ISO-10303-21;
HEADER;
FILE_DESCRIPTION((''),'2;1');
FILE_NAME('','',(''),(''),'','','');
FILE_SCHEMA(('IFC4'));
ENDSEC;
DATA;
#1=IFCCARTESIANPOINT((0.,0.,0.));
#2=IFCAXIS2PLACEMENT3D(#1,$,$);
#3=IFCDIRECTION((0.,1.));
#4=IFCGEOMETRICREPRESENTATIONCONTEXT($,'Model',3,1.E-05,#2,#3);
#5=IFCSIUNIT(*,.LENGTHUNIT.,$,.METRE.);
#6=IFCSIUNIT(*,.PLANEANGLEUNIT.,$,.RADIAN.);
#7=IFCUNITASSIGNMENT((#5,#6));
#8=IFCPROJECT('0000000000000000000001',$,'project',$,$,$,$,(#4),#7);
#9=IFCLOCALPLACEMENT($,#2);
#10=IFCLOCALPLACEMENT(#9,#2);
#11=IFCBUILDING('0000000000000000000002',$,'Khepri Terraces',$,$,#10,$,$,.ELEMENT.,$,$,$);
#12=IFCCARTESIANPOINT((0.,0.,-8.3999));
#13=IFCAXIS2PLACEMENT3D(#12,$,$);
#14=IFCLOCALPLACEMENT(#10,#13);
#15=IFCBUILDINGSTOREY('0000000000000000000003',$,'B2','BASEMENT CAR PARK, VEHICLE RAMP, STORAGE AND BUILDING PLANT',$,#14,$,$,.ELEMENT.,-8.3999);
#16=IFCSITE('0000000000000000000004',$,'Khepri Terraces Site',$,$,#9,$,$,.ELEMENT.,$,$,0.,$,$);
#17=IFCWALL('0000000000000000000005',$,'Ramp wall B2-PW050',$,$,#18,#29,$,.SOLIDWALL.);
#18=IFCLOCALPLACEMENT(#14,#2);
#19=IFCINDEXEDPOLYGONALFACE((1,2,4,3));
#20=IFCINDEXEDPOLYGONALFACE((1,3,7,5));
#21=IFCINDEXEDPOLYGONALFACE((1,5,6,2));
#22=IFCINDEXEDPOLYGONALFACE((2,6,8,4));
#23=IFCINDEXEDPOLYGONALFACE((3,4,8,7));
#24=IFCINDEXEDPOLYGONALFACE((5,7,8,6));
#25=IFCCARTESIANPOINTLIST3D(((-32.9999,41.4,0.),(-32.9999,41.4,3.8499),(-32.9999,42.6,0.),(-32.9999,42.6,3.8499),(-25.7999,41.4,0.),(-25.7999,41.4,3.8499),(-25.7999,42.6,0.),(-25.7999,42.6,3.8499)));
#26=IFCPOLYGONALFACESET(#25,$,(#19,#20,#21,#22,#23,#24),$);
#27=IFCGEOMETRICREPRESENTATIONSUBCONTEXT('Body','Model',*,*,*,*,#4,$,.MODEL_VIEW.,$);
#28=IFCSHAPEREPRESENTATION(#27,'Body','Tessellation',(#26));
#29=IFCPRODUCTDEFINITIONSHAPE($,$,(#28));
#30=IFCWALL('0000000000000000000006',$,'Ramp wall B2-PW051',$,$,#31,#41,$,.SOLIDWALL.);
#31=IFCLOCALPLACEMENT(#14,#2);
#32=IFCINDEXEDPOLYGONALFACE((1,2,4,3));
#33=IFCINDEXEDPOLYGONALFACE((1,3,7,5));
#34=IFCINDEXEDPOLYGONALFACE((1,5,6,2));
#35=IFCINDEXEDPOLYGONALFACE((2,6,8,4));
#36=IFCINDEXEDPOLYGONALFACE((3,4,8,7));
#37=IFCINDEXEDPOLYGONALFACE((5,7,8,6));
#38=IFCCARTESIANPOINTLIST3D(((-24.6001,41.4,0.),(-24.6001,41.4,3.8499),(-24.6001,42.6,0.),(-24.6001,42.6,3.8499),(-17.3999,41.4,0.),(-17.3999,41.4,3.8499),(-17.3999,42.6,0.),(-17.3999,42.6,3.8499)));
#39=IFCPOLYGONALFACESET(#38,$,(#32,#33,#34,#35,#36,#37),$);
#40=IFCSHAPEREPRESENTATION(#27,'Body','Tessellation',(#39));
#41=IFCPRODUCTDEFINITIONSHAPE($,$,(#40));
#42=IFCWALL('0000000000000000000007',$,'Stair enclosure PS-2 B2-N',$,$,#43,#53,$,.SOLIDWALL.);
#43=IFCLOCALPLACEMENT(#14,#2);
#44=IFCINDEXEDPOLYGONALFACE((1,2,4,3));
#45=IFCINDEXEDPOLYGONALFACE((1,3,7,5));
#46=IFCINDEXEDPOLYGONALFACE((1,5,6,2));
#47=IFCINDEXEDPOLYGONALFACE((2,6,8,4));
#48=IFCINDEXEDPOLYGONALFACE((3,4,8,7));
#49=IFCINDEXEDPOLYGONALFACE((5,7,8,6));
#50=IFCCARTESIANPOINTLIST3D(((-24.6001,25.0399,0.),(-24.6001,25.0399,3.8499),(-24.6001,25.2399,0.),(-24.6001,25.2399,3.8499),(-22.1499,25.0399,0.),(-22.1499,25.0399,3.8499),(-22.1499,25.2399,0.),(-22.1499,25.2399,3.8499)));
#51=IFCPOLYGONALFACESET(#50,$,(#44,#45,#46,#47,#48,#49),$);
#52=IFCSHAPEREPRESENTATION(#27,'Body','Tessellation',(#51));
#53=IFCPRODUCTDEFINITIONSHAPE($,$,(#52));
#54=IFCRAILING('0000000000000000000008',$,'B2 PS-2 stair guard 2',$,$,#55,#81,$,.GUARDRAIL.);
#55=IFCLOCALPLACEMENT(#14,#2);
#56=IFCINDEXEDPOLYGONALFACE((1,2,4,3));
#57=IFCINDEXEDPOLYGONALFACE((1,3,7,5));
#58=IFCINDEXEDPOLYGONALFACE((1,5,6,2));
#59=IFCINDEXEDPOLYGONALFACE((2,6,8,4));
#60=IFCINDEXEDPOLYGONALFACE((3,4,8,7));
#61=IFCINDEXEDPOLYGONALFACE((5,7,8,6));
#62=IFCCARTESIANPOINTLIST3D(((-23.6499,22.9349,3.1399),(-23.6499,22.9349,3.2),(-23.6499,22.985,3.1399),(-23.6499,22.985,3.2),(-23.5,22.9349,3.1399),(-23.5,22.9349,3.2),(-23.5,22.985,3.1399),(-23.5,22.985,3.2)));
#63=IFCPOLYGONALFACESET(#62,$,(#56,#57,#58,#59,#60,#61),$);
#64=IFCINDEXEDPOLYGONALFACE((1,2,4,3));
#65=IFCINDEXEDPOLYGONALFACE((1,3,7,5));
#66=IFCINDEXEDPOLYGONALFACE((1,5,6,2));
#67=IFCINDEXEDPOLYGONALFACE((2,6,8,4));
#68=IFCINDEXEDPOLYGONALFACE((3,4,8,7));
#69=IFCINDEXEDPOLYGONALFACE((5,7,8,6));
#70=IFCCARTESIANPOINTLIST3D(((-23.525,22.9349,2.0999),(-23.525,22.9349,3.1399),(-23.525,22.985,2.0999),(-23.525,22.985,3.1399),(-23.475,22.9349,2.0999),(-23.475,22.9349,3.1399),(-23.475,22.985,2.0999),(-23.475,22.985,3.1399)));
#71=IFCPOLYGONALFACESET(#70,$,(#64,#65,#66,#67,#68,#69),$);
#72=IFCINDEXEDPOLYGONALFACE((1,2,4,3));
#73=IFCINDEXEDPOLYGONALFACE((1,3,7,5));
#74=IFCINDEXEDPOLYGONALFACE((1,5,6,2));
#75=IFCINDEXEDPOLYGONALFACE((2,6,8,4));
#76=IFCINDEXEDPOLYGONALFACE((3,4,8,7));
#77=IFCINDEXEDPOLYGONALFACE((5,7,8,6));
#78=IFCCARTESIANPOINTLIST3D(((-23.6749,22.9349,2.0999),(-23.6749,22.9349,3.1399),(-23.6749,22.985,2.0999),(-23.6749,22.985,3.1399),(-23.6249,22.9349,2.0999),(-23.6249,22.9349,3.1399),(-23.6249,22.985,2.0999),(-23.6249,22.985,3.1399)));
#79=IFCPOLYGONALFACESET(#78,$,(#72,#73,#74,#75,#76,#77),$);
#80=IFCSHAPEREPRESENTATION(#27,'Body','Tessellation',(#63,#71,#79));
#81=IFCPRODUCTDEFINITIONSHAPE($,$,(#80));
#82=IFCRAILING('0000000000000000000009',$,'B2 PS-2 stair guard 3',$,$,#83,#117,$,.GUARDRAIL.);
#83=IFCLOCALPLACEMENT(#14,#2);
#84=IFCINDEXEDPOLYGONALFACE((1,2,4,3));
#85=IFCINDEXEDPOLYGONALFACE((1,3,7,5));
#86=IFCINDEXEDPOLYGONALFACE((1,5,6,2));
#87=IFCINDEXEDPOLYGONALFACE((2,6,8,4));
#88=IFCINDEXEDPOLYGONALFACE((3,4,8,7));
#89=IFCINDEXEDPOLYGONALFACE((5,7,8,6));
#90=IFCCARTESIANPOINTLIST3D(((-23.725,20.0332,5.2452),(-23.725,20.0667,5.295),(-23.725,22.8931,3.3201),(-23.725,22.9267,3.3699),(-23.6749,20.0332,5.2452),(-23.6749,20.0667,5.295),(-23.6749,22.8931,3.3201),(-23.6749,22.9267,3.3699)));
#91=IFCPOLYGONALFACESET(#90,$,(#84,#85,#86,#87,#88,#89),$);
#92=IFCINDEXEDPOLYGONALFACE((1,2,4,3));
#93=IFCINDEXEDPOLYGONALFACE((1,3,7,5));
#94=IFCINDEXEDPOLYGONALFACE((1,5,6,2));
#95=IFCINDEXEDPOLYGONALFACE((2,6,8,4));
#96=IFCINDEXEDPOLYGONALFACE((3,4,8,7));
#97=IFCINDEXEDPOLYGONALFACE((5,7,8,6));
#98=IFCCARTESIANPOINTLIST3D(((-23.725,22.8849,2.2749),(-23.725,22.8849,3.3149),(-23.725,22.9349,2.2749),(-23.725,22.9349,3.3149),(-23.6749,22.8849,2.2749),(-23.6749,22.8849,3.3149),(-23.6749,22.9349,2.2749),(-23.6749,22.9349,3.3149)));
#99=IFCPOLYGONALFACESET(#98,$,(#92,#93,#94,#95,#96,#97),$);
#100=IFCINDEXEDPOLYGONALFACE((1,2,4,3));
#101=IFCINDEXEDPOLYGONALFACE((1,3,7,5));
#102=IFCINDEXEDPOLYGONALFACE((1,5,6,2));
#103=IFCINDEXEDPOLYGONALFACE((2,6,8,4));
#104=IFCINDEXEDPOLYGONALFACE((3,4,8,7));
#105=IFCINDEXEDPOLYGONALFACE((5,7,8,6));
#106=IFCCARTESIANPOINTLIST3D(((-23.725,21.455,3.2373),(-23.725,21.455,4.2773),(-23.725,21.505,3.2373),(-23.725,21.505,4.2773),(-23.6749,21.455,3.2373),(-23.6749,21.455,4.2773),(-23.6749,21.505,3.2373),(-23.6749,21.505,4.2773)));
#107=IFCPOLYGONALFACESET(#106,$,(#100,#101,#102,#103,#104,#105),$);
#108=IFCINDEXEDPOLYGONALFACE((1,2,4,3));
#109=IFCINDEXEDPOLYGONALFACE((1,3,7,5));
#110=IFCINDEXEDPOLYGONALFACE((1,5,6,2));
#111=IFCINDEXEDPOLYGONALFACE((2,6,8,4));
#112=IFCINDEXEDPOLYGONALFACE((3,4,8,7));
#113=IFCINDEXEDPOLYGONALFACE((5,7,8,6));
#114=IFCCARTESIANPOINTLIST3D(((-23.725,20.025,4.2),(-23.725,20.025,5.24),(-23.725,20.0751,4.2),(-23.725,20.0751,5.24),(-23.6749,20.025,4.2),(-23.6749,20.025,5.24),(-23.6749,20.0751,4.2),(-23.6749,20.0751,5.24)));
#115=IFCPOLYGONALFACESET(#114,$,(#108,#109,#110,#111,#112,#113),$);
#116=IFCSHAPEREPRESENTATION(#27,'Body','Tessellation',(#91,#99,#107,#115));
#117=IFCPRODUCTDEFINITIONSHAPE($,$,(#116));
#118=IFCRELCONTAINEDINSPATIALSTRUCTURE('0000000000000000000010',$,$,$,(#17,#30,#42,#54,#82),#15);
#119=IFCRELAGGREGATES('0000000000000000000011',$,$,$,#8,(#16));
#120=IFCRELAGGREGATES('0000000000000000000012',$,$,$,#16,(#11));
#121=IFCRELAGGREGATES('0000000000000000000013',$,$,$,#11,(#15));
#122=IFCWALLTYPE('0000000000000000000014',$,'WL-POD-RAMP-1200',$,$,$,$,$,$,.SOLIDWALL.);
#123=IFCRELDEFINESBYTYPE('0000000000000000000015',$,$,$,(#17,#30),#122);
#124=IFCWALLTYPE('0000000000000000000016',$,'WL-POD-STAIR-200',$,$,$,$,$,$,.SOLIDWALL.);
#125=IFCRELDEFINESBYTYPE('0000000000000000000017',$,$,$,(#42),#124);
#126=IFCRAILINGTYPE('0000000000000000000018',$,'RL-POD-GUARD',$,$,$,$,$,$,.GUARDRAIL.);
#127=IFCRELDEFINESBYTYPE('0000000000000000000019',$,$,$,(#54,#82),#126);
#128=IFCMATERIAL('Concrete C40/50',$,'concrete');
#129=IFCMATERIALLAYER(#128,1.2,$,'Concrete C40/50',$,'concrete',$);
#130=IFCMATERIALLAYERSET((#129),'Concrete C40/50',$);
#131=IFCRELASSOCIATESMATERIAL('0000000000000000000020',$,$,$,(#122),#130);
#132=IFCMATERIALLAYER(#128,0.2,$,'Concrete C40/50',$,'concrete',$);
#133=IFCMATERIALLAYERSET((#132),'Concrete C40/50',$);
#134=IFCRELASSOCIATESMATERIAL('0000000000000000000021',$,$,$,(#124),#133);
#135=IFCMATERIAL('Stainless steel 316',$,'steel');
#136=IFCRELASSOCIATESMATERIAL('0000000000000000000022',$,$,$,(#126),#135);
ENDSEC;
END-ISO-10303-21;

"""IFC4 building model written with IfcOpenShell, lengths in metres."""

from ifc_helpers import new_model, si_unit, direction, frame, frame_2d, origin, origin_2d, place, context, subcontext, project, spatial, rectangle, extrude, material, layer, layer_set, type_object, element, save


model = new_model("IFC4")

# Units and contexts
model_context = context("Model", 3, precision=1e-05, world=origin(), true_north=direction((0.0, 1.0)))
body_context = subcontext(model_context, "Body", "Model", "MODEL_VIEW")
ifc_project = project(units=[si_unit("LENGTHUNIT", "METRE"), si_unit("PLANEANGLEUNIT", "RADIAN")], contexts=[model_context])

# Site, building, storey
site_placement = place(None, origin())
site = spatial("IfcSite", under=ifc_project, at=site_placement, Name="Khepri Terraces Site", CompositionType="ELEMENT", RefElevation=0.0)
building_placement = place(site_placement, origin())
building = spatial("IfcBuilding", under=site, at=building_placement, Name="Khepri Terraces", CompositionType="ELEMENT")
storey_placement = place(building_placement, frame((0.0, 0.0, -8.3999)))
storey = spatial("IfcBuildingStorey", under=building, at=storey_placement, Name="B2", Description="BASEMENT CAR PARK, VEHICLE RAMP, STORAGE AND BUILDING PLANT", CompositionType="ELEMENT", Elevation=-8.3999)

# Shared definitions
ifc_material_1 = material(Name="Concrete C40/50", Category="concrete")

# Walls
ifc_layer_1 = layer(ifc_material_1, 1.2, Name="Concrete C40/50", Category="concrete")
ifc_layer_set_1 = layer_set([ifc_layer_1], Name="Concrete C40/50")
wall_type_1 = type_object("IfcWallType", Name="WL-POD-RAMP-1200", PredefinedType="SOLIDWALL", material=ifc_layer_set_1)
wall_1_placement = place(storey_placement, frame((-33.0, 42.0, 0.0), z_axis=(0.0, 0.0, 1.0), x_axis=(1.0, 0.0, 0.0)))
element("IfcWall", 1, at=wall_1_placement, inside=storey, type_object=wall_type_1, Name="Ramp wall B2-PW050", PredefinedType="SOLIDWALL", context=body_context, shape_type="SweptSolid", body=[
    extrude(rectangle(XDim=7.2, YDim=1.2, at=frame_2d((3.6001, 0.0))), origin(), (0.0, 0.0, 1.0), 3.8499),
])
wall_2_placement = place(storey_placement, frame((-24.6001, 42.0, 0.0), z_axis=(0.0, 0.0, 1.0), x_axis=(1.0, 0.0, 0.0)))
element("IfcWall", 2, at=wall_2_placement, inside=storey, type_object=wall_type_1, Name="Ramp wall B2-PW051", PredefinedType="SOLIDWALL", context=body_context, shape_type="SweptSolid", body=[
    extrude(rectangle(XDim=7.2002, YDim=1.2, at=frame_2d((3.6001, 0.0))), origin(), (0.0, 0.0, 1.0), 3.8499),
])
ifc_layer_2 = layer(ifc_material_1, 0.2, Name="Concrete C40/50", Category="concrete")
ifc_layer_set_2 = layer_set([ifc_layer_2], Name="Concrete C40/50")
wall_type_2 = type_object("IfcWallType", Name="WL-POD-STAIR-200", PredefinedType="SOLIDWALL", material=ifc_layer_set_2)
wall_3_placement = place(storey_placement, frame((-24.6001, 25.1399, 0.0), z_axis=(0.0, 0.0, 1.0), x_axis=(1.0, 0.0, 0.0)))
element("IfcWall", 3, at=wall_3_placement, inside=storey, type_object=wall_type_2, Name="Stair enclosure PS-2 B2-N", PredefinedType="SOLIDWALL", context=body_context, shape_type="SweptSolid", body=[
    extrude(rectangle(XDim=2.4502, YDim=0.2, at=frame_2d((1.2251, 0.0))), origin(), (0.0, 0.0, 1.0), 3.8499),
])

# Railings
ifc_material_2 = material(Name="Stainless steel 316", Category="steel")
railing_type = type_object("IfcRailingType", Name="RL-POD-GUARD", PredefinedType="GUARDRAIL", material=ifc_material_2)
railing_1_placement = place(storey_placement, frame((-23.5, 22.96, 2.0999)))
element("IfcRailing", 4, at=railing_1_placement, inside=storey, type_object=railing_type, Name="B2 PS-2 stair guard 2", PredefinedType="GUARDRAIL", context=body_context, shape_type="SweptSolid", body=[
    extrude(rectangle(XDim=0.05, YDim=0.0601, at=origin_2d()), frame((0.0, 0.0, 1.0701), z_axis=(-1.0, 0.0, 0.0), x_axis=(0.0, -1.0, 0.0)), (0.0, 0.0, 1.0), 0.1499),
    extrude(rectangle(XDim=0.05, YDim=0.05, at=origin_2d()), origin(), (0.0, 0.0, 1.0), 1.04),
    extrude(rectangle(XDim=0.05, YDim=0.05, at=origin_2d()), frame((-0.1499, 0.0, 0.0)), (0.0, 0.0, 1.0), 1.04),
])
railing_2_placement = place(storey_placement, frame((-23.7, 22.9099, 2.2749)))
element("IfcRailing", 5, at=railing_2_placement, inside=storey, type_object=railing_type, Name="B2 PS-2 stair guard 3", PredefinedType="GUARDRAIL", context=body_context, shape_type="SweptSolid", body=[
    extrude(rectangle(XDim=0.05, YDim=0.0601, at=origin_2d()), frame((0.0, 0.0, 1.0701), z_axis=(0.0, -0.829569, 0.558404), x_axis=(1.0, 0.0, 0.0)), (0.0, 0.0, 1.0), 3.4475),
    extrude(rectangle(XDim=0.05, YDim=0.05, at=origin_2d()), origin(), (0.0, 0.0, 1.0), 1.04),
    extrude(rectangle(XDim=0.05, YDim=0.05, at=origin_2d()), frame((0.0, -1.4299, 0.9624)), (0.0, 0.0, 1.0), 1.04),
    extrude(rectangle(XDim=0.05, YDim=0.05, at=origin_2d()), frame((0.0, -2.8599, 1.925)), (0.0, 0.0, 1.0), 1.04),
])

save(model, "model.ifc")
